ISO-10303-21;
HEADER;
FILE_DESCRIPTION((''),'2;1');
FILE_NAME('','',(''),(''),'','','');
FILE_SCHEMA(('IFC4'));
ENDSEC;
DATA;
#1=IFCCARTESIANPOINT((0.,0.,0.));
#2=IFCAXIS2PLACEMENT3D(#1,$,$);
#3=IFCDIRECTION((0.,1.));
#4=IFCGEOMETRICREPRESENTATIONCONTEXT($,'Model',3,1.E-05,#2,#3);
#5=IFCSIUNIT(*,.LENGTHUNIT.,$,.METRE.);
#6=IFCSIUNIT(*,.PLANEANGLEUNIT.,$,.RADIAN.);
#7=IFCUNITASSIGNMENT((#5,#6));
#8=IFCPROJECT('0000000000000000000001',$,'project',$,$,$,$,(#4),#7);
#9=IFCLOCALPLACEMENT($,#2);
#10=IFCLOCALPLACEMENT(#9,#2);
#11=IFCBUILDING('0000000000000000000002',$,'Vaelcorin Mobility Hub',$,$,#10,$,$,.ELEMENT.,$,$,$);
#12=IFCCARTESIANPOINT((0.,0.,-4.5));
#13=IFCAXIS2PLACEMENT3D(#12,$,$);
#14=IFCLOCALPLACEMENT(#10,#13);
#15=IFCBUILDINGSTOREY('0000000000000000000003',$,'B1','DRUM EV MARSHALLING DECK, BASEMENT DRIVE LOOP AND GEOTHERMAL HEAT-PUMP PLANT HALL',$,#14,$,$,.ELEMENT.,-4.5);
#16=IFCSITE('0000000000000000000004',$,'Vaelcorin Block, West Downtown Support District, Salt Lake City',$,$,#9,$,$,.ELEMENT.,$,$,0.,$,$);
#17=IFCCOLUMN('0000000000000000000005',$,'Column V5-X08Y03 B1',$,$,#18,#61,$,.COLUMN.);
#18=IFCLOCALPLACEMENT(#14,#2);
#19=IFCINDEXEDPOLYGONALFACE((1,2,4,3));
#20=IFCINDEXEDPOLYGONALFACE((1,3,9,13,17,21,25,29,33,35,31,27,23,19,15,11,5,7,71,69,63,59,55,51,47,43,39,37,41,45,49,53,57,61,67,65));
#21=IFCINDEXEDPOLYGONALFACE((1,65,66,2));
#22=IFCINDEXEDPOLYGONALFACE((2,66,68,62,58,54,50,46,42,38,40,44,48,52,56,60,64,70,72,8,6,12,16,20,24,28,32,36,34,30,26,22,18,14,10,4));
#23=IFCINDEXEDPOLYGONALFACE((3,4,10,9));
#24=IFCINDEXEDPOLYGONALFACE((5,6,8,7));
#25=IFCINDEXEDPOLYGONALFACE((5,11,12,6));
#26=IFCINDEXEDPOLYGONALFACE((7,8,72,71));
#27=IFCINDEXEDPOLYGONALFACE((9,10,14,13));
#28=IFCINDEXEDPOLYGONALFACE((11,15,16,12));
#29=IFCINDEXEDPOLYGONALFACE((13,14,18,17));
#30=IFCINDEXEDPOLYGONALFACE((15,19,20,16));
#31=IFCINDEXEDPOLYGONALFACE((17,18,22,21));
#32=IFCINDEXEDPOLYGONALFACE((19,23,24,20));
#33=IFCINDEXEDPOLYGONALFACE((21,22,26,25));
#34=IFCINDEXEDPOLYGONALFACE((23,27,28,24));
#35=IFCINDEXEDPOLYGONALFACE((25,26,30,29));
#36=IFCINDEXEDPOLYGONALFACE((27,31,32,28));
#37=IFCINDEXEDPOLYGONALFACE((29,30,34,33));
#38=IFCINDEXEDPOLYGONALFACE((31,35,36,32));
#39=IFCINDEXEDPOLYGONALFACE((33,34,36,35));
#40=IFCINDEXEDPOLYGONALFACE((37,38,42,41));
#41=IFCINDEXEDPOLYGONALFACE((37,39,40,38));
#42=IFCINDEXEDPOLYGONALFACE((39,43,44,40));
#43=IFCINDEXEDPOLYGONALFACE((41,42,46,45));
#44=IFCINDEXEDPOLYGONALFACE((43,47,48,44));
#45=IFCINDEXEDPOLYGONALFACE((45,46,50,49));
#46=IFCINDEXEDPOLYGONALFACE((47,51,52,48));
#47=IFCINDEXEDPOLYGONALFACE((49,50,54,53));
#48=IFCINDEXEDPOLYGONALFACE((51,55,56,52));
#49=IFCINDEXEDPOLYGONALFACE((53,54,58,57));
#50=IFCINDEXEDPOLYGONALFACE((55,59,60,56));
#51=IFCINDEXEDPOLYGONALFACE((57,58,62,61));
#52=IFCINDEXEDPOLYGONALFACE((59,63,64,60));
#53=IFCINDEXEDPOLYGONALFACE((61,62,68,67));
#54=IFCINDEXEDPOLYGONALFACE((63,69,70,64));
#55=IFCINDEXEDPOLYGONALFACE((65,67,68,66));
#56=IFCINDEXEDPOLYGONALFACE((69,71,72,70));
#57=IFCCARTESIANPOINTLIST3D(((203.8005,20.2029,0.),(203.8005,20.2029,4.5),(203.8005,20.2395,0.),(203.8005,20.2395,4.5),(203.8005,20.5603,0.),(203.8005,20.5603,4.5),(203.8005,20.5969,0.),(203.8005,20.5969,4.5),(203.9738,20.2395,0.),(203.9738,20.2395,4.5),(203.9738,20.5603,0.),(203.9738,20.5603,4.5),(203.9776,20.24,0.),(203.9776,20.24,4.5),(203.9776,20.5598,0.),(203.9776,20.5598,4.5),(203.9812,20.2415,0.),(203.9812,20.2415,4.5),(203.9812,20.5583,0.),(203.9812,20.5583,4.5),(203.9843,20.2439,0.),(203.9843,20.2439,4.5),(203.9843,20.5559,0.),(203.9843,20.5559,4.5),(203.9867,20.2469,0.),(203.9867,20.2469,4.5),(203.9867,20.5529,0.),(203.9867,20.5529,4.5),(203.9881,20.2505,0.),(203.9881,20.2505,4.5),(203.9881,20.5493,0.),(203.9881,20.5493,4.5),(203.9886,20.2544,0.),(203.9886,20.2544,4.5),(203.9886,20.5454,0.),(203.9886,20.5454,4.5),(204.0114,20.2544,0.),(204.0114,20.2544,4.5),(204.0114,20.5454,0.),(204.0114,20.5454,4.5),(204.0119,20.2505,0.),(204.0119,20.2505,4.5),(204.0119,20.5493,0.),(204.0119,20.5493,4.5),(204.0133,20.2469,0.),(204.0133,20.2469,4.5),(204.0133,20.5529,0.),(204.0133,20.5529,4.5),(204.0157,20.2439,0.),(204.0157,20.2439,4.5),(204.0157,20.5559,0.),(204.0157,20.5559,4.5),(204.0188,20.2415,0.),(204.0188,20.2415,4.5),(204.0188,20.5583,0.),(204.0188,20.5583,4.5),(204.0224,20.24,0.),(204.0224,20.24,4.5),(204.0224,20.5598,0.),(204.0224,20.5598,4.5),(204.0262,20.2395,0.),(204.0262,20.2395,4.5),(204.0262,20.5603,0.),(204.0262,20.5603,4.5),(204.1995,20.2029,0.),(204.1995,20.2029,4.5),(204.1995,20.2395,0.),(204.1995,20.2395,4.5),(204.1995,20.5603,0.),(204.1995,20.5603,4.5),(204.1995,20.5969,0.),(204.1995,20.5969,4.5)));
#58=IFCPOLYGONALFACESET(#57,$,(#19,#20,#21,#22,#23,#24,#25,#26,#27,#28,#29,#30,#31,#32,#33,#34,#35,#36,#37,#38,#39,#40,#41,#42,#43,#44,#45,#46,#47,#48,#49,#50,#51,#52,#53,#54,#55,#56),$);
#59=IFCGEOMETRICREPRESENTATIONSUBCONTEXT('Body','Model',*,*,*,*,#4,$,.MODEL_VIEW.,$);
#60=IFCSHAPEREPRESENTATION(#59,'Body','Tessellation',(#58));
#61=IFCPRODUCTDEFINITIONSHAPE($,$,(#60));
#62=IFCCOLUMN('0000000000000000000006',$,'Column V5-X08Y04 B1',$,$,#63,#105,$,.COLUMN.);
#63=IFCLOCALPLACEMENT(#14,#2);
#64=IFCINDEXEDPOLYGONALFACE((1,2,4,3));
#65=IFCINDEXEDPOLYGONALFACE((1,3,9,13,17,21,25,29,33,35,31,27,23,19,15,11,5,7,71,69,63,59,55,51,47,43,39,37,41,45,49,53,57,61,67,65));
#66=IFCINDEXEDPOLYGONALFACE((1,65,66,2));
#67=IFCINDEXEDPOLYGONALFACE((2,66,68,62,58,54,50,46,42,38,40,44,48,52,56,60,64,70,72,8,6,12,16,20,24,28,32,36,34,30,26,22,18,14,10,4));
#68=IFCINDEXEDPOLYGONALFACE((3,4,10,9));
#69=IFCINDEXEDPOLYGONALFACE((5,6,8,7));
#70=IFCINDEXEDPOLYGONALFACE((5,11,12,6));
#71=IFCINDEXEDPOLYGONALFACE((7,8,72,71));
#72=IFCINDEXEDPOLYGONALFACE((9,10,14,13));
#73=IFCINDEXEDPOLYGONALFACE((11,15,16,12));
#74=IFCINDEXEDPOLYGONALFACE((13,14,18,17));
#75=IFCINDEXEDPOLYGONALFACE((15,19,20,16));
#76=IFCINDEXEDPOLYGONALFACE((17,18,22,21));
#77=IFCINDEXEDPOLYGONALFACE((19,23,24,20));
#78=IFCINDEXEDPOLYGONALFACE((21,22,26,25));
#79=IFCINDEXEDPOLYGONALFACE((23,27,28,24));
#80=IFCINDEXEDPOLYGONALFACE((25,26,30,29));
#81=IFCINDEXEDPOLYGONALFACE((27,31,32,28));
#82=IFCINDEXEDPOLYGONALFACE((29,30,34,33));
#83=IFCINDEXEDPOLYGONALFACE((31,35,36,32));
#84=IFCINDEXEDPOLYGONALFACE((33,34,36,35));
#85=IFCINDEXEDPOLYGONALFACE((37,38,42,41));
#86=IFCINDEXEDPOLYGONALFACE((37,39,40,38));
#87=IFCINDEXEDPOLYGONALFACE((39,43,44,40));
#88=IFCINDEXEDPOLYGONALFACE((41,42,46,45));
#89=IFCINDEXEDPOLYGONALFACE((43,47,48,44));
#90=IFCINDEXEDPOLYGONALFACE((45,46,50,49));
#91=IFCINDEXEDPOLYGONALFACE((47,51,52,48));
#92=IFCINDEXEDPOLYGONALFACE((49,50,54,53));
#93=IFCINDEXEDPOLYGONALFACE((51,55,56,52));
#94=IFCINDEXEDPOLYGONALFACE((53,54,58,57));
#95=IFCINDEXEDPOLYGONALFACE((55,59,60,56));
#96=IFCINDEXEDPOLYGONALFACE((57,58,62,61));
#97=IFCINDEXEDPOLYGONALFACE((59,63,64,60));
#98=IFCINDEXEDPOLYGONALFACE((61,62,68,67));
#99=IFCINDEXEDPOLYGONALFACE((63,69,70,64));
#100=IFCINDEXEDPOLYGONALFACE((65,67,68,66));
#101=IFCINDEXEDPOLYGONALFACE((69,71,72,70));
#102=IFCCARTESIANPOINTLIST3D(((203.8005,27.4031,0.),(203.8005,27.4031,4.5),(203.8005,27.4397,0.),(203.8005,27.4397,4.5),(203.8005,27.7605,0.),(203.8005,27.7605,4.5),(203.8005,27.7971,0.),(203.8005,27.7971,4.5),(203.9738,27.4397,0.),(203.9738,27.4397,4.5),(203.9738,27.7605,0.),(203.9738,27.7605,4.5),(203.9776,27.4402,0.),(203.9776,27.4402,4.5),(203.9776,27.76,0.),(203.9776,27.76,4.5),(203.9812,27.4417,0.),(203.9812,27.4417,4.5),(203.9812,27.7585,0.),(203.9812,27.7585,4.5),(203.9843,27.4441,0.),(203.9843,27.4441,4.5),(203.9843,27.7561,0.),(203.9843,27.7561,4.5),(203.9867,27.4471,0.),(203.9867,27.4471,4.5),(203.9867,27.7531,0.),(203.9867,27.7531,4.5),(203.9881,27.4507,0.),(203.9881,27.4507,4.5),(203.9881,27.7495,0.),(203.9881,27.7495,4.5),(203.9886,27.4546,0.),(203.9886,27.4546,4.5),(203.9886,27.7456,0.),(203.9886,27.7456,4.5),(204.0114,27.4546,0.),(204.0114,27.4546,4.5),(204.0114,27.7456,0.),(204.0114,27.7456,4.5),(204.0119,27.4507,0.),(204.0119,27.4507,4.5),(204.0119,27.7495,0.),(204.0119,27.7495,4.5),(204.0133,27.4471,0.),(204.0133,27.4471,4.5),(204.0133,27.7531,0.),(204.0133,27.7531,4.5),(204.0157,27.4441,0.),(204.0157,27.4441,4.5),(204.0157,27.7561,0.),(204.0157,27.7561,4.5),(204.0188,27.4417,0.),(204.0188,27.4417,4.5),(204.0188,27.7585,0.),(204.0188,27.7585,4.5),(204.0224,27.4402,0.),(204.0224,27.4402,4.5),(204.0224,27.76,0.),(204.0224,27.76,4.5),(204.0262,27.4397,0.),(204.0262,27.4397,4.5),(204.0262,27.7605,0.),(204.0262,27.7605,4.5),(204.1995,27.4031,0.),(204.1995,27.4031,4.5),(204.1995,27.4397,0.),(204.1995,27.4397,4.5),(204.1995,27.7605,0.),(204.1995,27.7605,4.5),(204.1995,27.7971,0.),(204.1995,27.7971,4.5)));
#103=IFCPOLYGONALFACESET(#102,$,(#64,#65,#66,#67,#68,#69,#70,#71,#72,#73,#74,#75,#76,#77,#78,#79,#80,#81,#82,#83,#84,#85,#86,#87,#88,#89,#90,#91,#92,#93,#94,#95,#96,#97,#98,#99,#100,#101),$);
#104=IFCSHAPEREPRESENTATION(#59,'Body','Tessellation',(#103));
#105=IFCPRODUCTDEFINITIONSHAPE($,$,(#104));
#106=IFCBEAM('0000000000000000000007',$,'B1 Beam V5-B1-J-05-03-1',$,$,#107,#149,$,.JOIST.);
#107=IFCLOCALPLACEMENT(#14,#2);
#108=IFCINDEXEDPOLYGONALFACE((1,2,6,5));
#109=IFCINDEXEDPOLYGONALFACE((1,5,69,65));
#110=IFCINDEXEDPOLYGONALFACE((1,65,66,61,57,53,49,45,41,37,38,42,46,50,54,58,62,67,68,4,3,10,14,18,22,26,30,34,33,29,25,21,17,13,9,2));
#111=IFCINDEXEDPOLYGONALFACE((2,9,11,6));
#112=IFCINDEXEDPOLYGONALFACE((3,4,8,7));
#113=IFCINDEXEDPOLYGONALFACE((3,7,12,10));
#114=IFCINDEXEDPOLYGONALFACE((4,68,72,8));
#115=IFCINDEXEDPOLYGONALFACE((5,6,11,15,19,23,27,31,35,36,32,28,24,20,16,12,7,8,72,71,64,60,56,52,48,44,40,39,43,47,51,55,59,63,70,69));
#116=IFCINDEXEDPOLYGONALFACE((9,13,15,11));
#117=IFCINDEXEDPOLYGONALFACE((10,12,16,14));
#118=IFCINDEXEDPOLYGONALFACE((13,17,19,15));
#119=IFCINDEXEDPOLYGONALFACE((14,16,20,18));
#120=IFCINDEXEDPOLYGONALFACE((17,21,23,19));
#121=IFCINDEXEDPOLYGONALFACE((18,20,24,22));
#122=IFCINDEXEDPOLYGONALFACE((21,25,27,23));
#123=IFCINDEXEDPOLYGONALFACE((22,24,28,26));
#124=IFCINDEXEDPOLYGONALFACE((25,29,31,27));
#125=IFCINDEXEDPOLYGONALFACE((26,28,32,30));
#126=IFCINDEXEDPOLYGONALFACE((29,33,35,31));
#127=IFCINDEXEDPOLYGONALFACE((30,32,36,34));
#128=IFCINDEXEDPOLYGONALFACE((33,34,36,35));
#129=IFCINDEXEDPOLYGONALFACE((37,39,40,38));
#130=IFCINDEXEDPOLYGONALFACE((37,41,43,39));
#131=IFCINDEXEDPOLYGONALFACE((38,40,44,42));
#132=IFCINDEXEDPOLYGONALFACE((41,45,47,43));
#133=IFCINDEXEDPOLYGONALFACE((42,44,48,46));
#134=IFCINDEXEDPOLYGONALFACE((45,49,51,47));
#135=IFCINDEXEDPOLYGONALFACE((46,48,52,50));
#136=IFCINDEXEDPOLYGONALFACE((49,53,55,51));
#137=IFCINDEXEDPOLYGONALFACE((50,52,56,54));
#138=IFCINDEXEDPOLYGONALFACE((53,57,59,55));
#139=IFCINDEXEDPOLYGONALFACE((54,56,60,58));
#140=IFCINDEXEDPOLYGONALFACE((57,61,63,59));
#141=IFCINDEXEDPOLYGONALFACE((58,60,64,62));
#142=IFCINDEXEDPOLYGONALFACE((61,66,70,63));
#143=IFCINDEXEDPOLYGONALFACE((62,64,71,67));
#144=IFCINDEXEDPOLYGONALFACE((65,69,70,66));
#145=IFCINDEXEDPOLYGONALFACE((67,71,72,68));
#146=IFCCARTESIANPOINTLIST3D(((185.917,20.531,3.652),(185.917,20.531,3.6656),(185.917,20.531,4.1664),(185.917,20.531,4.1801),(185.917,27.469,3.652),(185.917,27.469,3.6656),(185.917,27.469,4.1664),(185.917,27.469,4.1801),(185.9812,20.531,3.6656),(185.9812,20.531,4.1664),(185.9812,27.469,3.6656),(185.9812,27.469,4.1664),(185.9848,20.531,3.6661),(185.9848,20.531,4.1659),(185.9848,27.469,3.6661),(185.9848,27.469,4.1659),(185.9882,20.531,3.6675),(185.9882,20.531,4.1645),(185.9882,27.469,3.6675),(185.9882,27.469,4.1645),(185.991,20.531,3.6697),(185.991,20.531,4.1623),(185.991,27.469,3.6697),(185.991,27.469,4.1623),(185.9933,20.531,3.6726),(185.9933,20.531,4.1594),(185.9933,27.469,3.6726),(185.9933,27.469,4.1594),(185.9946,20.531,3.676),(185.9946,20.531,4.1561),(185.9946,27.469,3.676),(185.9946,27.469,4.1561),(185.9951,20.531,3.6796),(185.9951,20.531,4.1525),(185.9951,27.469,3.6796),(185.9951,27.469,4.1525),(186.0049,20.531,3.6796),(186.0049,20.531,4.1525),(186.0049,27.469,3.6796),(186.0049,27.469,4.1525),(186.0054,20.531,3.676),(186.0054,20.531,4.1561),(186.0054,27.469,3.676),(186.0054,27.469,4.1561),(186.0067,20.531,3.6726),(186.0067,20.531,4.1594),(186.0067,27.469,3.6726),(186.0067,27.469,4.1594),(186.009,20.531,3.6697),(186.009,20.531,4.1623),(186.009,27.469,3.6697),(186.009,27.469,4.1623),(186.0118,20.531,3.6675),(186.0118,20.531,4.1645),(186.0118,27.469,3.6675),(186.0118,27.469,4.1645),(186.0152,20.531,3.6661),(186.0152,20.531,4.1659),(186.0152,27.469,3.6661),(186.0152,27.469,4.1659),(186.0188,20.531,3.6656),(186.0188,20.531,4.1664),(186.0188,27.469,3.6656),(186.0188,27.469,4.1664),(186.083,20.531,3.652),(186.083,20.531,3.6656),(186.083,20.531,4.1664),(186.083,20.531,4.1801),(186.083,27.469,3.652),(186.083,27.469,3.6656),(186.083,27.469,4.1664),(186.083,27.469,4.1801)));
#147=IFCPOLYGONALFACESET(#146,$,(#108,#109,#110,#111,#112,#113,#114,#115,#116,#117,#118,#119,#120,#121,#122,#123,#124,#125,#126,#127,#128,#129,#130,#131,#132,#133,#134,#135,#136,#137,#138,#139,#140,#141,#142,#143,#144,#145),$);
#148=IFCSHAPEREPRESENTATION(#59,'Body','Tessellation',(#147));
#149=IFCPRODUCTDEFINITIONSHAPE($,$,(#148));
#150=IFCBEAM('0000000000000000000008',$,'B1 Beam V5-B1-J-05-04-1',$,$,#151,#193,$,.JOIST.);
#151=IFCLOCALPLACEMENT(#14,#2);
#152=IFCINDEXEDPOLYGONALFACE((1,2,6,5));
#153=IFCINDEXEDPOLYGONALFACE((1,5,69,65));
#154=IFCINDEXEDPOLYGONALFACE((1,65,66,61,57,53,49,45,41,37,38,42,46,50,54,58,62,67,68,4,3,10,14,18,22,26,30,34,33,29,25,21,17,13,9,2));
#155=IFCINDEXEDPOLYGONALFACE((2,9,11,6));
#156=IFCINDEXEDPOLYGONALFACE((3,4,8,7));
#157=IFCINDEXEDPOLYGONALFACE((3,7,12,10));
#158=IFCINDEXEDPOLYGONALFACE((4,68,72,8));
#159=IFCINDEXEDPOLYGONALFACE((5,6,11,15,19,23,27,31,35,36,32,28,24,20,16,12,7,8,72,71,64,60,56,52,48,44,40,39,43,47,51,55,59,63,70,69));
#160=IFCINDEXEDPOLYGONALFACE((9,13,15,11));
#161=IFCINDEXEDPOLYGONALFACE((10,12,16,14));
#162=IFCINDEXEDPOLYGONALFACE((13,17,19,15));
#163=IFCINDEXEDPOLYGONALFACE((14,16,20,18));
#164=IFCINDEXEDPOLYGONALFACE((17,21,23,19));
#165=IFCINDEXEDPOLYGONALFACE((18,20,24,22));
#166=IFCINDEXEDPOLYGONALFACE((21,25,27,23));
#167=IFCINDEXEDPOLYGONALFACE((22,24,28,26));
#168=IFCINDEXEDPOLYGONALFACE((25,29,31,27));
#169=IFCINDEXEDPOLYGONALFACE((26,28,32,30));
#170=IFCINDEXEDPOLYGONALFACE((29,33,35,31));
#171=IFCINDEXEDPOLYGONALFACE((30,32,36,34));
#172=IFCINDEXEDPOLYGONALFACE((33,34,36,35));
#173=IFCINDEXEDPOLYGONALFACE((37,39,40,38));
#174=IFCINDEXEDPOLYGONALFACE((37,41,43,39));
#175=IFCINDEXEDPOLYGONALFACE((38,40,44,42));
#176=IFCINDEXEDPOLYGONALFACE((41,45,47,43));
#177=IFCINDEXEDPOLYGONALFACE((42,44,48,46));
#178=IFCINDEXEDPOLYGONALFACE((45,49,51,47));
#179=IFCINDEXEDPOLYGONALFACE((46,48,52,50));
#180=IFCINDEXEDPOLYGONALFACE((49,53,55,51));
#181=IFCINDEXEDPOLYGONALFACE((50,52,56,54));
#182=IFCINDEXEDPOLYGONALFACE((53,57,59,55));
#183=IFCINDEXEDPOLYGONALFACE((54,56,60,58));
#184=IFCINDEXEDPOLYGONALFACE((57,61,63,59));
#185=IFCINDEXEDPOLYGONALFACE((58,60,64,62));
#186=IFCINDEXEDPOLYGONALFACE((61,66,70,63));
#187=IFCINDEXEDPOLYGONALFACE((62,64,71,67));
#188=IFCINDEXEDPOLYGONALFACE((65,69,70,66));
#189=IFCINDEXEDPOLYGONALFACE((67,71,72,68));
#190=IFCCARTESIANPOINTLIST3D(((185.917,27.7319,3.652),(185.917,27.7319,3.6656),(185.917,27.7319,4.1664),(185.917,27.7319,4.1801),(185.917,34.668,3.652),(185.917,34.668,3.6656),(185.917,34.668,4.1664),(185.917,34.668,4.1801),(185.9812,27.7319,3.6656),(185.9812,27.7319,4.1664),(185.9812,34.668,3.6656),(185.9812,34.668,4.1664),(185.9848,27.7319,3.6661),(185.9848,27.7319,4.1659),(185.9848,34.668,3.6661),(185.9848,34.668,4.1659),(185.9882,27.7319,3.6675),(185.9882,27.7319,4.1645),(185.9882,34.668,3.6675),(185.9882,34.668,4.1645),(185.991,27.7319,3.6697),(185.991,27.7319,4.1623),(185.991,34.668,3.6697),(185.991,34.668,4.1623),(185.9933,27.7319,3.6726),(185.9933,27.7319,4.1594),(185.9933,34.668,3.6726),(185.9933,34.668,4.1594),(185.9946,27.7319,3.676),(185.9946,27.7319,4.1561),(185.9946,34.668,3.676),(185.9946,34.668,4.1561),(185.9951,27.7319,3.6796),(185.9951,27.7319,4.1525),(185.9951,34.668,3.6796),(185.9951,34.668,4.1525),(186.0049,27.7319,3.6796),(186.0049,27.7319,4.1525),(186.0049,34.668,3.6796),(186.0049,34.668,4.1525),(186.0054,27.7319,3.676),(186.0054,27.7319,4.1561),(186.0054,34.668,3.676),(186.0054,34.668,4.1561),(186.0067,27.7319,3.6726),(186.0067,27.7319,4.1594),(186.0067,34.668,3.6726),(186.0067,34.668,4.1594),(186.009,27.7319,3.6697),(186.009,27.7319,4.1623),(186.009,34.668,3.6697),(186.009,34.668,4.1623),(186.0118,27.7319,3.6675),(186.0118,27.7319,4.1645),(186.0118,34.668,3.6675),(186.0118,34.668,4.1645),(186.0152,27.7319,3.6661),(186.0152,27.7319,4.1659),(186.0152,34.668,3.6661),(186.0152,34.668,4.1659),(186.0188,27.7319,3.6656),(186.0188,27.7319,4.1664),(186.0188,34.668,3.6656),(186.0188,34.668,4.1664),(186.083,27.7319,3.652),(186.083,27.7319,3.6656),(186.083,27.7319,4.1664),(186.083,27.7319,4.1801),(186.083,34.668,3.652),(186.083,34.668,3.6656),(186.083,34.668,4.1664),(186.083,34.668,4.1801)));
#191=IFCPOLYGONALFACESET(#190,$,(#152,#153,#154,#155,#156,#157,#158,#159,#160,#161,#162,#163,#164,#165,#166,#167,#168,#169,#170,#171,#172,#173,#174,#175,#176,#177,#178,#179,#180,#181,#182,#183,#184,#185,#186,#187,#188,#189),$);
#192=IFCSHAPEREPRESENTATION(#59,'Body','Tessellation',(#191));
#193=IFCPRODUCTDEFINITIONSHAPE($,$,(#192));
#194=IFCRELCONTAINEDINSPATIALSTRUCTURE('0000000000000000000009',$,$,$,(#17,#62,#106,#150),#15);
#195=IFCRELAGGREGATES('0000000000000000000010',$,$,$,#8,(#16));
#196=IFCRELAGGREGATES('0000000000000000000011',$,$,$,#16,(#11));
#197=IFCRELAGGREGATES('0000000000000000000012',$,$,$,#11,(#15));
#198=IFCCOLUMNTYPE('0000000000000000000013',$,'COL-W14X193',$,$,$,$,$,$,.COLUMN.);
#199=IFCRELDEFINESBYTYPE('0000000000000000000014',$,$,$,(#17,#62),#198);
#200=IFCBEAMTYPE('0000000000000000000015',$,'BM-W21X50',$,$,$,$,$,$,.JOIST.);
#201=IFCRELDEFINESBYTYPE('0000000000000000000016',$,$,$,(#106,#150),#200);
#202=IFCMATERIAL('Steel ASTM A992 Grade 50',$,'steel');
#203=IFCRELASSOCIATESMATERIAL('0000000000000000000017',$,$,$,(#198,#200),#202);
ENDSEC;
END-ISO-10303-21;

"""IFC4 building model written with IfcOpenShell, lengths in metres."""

from ifc_helpers import new_model, si_unit, direction, frame, origin, origin_2d, place, context, subcontext, project, spatial, i_section, extrude, material, material_profile, profile_set, type_object, element, save


model = new_model("IFC4")

# Units and contexts
model_context = context("Model", 3, precision=1e-05, world=origin(), true_north=direction((0.0, 1.0)))
body_context = subcontext(model_context, "Body", "Model", "MODEL_VIEW")
ifc_project = project(units=[si_unit("LENGTHUNIT", "METRE"), si_unit("PLANEANGLEUNIT", "RADIAN")], contexts=[model_context])

# Site, building, storey
site_placement = place(None, origin())
site = spatial("IfcSite", under=ifc_project, at=site_placement, Name="Vaelcorin Block, West Downtown Support District, Salt Lake City", CompositionType="ELEMENT", RefElevation=0.0)
building_placement = place(site_placement, origin())
building = spatial("IfcBuilding", under=site, at=building_placement, Name="Vaelcorin Mobility Hub", CompositionType="ELEMENT")
storey_placement = place(building_placement, frame((0.0, 0.0, -4.5)))
storey = spatial("IfcBuildingStorey", under=building, at=storey_placement, Name="B1", Description="DRUM EV MARSHALLING DECK, BASEMENT DRIVE LOOP AND GEOTHERMAL HEAT-PUMP PLANT HALL", CompositionType="ELEMENT", Elevation=-4.5)

# Columns
ifc_material_1 = material(Name="Steel ASTM A992 Grade 50", Category="steel")
ifc_material_profile_1 = material_profile(ifc_material_1, i_section(OverallWidth=0.3989, OverallDepth=0.394, WebThickness=0.0227, FlangeThickness=0.0366, FilletRadius=0.0149, at=origin_2d()), Name="W14X193")
ifc_profile_set_1 = profile_set([ifc_material_profile_1], Name="Steel ASTM A992 Grade 50")
column_type = type_object("IfcColumnType", Name="COL-W14X193", PredefinedType="COLUMN", material=ifc_profile_set_1)
for number, where, z_axis, x_axis, name in (
    (1, (204.0, 20.3999, 0.0), (0.0, 0.0, 1.0), (1.0, 0.0, 0.0), "Column V5-X08Y03 B1"),
    (2, (204.0, 27.6001, 0.0), (0.0, 0.0, 1.0), (1.0, 0.0, 0.0), "Column V5-X08Y04 B1"),
):
    element("IfcColumn", number, at=place(storey_placement, frame(where, z_axis=z_axis, x_axis=x_axis)), inside=storey, type_object=column_type, Name=name, PredefinedType="COLUMN", context=body_context, shape_type="SweptSolid", body=[
        extrude(i_section(OverallWidth=0.3989, OverallDepth=0.394, WebThickness=0.0227, FlangeThickness=0.0366, FilletRadius=0.0149, at=origin_2d()), origin(), (0.0, 0.0, 1.0), 4.5),
    ])

# Beams
ifc_material_profile_2 = material_profile(ifc_material_1, i_section(OverallWidth=0.166, OverallDepth=0.5281, WebThickness=0.0098, FlangeThickness=0.0137, FilletRadius=0.0139, at=origin_2d()), Name="W21X50")
ifc_profile_set_2 = profile_set([ifc_material_profile_2], Name="Steel ASTM A992 Grade 50")
beam_type_1 = type_object("IfcBeamType", Name="BM-W21X50", PredefinedType="JOIST", material=ifc_profile_set_2)
beam_1_placement = place(storey_placement, frame((186.0, 20.531, 3.916), z_axis=(0.0, 1.0, 0.0), x_axis=(-1.0, 0.0, 0.0)))
element("IfcBeam", 3, at=beam_1_placement, inside=storey, type_object=beam_type_1, Name="B1 Beam V5-B1-J-05-03-1", PredefinedType="JOIST", context=body_context, shape_type="SweptSolid", body=[
    extrude(i_section(OverallWidth=0.166, OverallDepth=0.5281, WebThickness=0.0098, FlangeThickness=0.0137, FilletRadius=0.0139, at=origin_2d()), origin(), (0.0, 0.0, 1.0), 6.938),
])
beam_2_placement = place(storey_placement, frame((186.0, 27.7319, 3.916), z_axis=(0.0, 1.0, 0.0), x_axis=(-1.0, 0.0, 0.0)))
element("IfcBeam", 4, at=beam_2_placement, inside=storey, type_object=beam_type_1, Name="B1 Beam V5-B1-J-05-04-1", PredefinedType="JOIST", context=body_context, shape_type="SweptSolid", body=[
    extrude(i_section(OverallWidth=0.166, OverallDepth=0.5281, WebThickness=0.0098, FlangeThickness=0.0137, FilletRadius=0.0139, at=origin_2d()), origin(), (0.0, 0.0, 1.0), 6.936),
])

save(model, "model.ifc")
